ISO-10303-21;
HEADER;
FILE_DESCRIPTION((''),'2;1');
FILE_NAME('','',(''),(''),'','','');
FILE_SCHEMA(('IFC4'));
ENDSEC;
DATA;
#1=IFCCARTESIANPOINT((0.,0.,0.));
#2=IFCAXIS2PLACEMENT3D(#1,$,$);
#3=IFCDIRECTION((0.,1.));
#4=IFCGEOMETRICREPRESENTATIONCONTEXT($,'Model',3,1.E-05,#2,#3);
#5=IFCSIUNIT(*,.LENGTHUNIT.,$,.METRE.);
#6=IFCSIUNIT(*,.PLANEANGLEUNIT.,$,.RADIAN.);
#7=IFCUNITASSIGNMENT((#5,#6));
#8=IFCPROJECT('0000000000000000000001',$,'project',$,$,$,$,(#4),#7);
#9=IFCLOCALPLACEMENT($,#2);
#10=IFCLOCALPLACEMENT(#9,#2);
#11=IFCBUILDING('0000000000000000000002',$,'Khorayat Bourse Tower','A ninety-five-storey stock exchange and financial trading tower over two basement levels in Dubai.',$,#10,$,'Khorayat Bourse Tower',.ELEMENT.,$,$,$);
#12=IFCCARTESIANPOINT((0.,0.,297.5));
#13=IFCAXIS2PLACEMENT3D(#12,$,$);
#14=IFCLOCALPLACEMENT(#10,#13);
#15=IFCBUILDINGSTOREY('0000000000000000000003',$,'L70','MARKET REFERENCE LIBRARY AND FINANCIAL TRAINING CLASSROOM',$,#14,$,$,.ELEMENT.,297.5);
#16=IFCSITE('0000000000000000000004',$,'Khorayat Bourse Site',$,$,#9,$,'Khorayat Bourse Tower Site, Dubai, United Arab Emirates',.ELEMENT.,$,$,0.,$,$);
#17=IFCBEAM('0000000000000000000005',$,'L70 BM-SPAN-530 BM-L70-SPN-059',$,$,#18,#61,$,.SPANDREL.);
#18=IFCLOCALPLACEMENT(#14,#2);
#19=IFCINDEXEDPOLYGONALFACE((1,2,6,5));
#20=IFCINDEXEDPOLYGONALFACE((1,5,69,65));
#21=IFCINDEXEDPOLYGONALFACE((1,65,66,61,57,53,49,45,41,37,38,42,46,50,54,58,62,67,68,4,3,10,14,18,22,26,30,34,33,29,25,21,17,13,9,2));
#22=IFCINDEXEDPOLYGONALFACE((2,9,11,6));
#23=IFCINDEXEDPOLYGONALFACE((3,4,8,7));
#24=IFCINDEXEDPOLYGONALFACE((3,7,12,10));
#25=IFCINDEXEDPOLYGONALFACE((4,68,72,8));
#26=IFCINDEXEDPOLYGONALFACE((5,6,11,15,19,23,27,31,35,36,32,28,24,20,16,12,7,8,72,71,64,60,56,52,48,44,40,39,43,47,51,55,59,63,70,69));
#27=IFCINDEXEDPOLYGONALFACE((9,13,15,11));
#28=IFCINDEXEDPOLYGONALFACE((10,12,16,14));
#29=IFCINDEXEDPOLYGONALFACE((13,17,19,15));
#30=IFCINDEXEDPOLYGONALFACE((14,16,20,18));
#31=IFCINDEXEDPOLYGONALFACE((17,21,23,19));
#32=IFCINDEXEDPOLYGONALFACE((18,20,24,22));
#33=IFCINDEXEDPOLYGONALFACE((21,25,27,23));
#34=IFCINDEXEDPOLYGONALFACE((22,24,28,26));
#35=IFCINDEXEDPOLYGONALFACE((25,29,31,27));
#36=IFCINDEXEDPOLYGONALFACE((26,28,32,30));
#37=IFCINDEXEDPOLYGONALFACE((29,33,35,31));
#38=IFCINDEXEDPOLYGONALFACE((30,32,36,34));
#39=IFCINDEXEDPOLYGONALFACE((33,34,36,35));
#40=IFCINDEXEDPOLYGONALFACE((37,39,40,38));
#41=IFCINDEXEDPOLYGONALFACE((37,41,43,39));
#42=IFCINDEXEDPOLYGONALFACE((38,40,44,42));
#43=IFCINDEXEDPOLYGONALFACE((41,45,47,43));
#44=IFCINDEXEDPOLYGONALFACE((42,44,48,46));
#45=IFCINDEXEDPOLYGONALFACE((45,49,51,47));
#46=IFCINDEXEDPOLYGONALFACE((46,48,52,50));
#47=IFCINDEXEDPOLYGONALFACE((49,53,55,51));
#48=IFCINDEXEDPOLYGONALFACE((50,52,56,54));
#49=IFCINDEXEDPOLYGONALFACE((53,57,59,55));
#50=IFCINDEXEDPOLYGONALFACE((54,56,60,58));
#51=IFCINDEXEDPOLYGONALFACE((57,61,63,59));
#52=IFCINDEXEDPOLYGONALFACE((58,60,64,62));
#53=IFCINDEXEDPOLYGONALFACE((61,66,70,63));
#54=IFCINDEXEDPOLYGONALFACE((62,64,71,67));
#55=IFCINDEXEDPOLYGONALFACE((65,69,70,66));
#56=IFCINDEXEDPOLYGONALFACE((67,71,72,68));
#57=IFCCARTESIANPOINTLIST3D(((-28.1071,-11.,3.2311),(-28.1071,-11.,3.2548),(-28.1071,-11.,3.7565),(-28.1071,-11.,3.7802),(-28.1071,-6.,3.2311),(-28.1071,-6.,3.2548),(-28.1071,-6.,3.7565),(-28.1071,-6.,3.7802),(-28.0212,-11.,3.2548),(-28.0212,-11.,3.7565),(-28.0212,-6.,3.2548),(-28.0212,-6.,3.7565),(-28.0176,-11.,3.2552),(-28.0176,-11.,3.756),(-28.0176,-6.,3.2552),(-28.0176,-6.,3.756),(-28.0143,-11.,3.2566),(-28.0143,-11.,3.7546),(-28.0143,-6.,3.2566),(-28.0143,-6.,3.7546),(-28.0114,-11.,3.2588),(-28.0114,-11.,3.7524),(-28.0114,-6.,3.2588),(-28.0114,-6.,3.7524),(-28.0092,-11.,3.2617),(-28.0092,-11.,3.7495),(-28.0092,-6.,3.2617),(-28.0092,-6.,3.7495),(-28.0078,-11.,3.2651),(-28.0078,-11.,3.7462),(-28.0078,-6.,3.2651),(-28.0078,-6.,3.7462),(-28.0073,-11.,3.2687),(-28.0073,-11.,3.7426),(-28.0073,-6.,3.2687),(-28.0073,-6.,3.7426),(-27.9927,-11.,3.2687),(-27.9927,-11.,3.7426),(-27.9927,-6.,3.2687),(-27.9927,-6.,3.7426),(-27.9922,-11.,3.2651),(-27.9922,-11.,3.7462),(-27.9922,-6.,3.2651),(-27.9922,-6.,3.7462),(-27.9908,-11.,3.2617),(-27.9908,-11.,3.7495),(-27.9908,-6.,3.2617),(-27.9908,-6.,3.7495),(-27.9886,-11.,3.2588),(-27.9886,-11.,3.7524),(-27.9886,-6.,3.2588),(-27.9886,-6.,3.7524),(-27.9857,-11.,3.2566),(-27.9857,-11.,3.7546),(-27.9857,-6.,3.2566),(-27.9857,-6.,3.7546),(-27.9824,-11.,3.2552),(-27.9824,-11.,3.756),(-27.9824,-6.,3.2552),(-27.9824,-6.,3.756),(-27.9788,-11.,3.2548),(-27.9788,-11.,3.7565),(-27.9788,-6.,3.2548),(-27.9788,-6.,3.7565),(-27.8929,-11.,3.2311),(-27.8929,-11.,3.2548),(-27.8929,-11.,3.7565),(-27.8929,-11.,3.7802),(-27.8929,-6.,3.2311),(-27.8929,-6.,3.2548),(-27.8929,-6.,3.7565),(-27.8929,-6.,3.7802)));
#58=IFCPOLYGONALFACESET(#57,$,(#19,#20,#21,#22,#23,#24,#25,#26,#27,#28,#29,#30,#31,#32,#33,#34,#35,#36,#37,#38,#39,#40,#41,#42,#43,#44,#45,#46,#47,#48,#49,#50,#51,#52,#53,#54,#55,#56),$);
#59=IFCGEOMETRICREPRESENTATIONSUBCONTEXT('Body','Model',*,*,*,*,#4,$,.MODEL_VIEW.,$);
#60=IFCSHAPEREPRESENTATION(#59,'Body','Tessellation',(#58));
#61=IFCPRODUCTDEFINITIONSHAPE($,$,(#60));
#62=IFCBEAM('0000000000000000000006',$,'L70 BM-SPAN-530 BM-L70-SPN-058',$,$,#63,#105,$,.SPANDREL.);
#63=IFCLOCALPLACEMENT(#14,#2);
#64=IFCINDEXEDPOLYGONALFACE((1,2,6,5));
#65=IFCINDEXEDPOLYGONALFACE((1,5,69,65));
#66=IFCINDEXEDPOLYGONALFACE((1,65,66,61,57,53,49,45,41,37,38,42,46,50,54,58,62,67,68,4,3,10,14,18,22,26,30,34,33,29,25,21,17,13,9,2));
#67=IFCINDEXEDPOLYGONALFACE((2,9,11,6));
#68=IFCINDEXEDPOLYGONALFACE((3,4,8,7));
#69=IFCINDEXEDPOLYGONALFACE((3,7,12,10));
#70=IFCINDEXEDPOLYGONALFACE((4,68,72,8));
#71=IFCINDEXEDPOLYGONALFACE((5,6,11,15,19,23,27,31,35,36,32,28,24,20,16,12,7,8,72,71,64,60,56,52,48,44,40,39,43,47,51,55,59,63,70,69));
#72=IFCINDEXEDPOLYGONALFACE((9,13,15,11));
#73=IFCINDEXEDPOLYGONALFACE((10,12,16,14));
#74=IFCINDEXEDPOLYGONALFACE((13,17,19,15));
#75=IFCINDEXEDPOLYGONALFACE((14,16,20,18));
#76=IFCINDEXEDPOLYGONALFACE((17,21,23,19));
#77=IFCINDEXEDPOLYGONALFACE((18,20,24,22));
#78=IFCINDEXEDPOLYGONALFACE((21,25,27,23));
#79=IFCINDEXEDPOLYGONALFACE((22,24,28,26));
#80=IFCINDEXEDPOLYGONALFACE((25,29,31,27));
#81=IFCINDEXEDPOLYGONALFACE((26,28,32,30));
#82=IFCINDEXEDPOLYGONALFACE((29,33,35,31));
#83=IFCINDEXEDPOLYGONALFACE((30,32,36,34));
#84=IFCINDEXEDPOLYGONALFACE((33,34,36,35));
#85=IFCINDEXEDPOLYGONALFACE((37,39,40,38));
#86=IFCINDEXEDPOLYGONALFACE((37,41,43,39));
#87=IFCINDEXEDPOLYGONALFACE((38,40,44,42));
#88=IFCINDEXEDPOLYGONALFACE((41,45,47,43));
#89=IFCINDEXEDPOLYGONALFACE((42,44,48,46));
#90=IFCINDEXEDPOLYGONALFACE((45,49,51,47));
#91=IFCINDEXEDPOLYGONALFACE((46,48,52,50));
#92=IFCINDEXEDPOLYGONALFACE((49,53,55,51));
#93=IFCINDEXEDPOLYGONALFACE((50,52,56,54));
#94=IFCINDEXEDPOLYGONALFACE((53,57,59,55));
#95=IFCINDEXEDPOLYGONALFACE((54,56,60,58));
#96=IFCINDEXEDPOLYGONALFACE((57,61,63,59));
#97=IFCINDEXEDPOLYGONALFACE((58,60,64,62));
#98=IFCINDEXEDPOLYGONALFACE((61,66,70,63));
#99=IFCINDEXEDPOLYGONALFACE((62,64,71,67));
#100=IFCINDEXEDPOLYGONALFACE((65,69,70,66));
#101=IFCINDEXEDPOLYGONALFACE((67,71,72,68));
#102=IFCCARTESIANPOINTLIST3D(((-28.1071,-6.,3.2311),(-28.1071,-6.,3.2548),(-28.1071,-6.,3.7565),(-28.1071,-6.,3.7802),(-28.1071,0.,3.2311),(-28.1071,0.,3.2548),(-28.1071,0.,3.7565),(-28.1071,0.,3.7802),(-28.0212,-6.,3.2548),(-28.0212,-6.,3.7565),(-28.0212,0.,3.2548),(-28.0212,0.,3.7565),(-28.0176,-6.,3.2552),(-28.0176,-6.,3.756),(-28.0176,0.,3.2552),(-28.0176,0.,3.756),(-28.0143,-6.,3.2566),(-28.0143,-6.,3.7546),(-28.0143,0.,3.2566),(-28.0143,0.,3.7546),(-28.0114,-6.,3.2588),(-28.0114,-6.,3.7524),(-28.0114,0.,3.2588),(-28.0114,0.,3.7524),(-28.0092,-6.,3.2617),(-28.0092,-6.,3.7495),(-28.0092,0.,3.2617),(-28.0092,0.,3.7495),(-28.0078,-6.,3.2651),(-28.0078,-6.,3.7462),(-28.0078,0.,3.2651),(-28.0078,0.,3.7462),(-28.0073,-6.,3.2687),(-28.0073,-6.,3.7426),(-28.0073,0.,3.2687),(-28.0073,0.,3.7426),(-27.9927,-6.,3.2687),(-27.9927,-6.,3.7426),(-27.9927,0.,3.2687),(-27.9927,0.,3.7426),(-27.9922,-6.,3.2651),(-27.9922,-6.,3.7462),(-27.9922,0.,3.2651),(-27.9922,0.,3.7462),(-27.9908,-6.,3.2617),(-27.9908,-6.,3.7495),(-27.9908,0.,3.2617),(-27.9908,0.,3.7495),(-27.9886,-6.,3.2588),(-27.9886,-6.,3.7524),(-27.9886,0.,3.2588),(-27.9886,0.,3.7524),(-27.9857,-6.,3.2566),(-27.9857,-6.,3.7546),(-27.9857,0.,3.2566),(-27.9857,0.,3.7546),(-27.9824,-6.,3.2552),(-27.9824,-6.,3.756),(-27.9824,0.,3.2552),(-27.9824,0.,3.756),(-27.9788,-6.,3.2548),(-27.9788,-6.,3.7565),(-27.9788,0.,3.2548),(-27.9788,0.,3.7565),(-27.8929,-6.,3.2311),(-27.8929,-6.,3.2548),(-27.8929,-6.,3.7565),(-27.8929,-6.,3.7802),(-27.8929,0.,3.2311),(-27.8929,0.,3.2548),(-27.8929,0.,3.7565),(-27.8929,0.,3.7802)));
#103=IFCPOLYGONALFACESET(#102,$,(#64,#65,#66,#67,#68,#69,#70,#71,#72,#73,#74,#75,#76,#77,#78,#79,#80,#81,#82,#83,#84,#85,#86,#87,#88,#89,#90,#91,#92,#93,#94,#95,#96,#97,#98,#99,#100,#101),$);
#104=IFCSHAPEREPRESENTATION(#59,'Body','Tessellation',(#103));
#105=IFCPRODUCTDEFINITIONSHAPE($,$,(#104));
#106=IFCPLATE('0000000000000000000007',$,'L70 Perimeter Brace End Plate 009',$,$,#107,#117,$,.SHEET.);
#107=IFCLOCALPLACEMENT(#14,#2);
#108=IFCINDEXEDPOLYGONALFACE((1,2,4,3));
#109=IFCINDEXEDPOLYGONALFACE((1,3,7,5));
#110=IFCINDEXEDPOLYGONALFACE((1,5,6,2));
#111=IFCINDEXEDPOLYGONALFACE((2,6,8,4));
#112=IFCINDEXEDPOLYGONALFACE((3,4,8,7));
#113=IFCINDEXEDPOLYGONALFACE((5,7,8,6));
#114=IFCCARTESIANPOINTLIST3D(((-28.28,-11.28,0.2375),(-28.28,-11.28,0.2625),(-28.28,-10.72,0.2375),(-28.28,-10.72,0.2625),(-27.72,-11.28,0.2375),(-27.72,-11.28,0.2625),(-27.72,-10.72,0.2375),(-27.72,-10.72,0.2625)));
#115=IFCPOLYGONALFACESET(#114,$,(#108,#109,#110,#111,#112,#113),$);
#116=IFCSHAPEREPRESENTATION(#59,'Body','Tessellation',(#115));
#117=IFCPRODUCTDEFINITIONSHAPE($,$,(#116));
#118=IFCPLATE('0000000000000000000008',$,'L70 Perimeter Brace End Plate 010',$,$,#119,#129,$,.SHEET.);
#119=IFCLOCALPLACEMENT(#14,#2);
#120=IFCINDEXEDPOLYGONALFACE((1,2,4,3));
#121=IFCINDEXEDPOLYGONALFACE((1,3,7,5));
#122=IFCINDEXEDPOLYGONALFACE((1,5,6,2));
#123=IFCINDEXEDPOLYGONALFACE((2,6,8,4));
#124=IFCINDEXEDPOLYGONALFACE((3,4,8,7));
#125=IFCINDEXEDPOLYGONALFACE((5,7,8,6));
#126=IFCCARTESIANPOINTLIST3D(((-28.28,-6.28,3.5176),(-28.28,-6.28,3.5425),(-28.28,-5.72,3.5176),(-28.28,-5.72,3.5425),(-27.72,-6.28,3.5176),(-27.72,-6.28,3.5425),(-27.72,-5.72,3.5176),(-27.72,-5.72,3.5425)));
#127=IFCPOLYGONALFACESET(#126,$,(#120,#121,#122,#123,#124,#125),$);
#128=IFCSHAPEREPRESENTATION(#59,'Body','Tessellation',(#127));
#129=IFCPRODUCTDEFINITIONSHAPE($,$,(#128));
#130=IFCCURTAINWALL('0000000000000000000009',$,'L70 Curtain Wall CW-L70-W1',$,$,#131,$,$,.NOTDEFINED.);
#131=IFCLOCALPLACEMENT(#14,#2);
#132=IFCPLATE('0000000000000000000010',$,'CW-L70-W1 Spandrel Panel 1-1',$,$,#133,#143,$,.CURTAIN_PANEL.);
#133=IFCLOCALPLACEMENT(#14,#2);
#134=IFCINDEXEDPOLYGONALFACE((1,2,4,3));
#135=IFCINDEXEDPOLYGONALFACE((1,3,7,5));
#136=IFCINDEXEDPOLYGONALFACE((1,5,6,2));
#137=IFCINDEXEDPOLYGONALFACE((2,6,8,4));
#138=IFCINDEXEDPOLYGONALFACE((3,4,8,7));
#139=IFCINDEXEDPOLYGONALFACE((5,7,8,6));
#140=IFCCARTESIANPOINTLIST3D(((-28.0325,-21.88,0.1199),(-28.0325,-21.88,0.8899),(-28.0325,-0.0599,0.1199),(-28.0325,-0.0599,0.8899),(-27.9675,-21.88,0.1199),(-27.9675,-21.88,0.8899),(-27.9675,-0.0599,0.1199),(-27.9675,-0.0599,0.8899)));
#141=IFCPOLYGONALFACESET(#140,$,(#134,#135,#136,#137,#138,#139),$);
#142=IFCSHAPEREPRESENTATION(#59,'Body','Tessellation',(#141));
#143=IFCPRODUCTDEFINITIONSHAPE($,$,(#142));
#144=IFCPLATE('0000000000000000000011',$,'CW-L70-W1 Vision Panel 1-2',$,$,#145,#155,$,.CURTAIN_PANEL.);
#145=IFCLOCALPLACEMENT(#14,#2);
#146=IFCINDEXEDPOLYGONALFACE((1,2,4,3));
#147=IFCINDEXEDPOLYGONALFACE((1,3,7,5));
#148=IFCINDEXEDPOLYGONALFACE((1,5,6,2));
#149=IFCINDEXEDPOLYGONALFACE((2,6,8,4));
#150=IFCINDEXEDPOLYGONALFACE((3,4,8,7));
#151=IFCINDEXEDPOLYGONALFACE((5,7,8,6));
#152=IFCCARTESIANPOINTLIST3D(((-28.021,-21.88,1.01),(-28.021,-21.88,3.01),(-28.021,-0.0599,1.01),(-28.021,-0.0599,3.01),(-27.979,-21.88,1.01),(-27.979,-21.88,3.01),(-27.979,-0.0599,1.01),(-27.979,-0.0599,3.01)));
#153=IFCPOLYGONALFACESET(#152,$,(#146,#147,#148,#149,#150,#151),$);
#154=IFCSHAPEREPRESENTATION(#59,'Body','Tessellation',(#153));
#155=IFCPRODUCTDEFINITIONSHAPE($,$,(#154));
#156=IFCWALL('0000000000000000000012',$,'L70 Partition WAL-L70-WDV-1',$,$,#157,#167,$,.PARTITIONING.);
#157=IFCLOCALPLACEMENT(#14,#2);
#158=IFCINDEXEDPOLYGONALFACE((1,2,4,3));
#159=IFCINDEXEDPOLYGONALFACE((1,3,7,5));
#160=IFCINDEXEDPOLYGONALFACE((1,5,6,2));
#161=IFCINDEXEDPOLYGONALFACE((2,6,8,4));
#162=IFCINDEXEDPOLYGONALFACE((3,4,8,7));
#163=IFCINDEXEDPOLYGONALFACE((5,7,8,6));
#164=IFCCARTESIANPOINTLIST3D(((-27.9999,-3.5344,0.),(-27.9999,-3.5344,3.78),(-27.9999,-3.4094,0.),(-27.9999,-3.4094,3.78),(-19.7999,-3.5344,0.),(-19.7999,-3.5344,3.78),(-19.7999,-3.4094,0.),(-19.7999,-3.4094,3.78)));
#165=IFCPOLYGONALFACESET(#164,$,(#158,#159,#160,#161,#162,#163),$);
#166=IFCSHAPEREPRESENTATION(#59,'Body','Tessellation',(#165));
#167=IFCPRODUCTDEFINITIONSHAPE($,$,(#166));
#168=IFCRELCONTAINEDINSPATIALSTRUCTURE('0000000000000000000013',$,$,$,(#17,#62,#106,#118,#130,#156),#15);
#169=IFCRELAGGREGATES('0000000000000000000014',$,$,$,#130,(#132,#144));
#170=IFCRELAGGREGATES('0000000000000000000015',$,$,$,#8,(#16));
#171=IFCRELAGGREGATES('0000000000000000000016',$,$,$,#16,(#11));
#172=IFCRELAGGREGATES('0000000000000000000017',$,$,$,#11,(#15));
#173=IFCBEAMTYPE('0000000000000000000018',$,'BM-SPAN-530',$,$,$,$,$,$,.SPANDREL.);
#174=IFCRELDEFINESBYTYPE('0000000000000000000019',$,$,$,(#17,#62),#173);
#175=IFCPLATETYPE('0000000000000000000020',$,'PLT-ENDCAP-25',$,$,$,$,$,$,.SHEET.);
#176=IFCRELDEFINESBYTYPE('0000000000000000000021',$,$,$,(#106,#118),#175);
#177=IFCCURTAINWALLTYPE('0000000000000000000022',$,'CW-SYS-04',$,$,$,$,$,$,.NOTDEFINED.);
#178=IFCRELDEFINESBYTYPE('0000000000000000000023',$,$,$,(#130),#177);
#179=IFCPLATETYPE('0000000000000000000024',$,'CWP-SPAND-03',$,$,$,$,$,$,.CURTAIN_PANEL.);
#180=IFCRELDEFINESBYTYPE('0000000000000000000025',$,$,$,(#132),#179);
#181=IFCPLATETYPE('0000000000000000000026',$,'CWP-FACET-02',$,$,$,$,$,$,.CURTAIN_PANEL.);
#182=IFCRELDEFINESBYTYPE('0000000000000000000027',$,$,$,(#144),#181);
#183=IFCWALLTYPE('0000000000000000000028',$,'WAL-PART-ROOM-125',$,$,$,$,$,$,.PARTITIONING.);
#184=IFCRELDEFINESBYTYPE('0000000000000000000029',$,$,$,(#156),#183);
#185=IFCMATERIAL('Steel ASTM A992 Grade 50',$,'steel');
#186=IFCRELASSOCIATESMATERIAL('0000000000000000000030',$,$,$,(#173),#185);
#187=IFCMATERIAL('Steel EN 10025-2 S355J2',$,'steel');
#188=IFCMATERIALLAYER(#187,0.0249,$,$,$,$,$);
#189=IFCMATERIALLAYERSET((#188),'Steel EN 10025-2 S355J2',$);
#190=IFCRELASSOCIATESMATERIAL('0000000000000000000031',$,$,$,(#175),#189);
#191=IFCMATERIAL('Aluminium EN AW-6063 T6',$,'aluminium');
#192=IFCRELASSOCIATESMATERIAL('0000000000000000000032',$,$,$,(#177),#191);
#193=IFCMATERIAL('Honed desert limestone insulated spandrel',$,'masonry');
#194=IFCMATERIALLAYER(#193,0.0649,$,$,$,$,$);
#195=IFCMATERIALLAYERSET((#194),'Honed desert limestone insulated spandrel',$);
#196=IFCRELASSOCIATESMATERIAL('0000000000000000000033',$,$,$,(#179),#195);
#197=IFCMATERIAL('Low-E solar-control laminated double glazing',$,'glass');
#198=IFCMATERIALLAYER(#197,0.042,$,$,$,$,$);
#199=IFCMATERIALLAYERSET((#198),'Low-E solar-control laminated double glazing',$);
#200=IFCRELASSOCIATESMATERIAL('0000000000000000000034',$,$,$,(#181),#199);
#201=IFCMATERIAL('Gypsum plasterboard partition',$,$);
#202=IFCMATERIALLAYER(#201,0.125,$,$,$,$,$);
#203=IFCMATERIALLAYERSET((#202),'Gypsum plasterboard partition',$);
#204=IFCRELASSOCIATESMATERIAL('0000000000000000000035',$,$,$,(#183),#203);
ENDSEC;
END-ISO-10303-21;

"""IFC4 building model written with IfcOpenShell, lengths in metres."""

from ifc_helpers import new_model, si_unit, direction, frame, frame_2d, origin, origin_2d, place, context, subcontext, project, spatial, rectangle, i_section, extrude, source, transform, mapped, material, layer, layer_set, material_profile, profile_set, type_object, element, aggregate, save


model = new_model("IFC4")

# Units and contexts
model_context = context("Model", 3, precision=1e-05, world=origin(), true_north=direction((0.0, 1.0)))
body_context = subcontext(model_context, "Body", "Model", "MODEL_VIEW")
ifc_project = project(units=[si_unit("LENGTHUNIT", "METRE"), si_unit("PLANEANGLEUNIT", "RADIAN")], contexts=[model_context])

# Site, building, storey
site_placement = place(None, origin())
site = spatial("IfcSite", under=ifc_project, at=site_placement, Name="Khorayat Bourse Site", LongName="Khorayat Bourse Tower Site, Dubai, United Arab Emirates", CompositionType="ELEMENT", RefElevation=0.0)
building_placement = place(site_placement, origin())
building = spatial("IfcBuilding", under=site, at=building_placement, Name="Khorayat Bourse Tower", Description="A ninety-five-storey stock exchange and financial trading tower over two basement levels in Dubai.", LongName="Khorayat Bourse Tower", CompositionType="ELEMENT")
storey_placement = place(building_placement, frame((0.0, 0.0, 297.5)))
storey = spatial("IfcBuildingStorey", under=building, at=storey_placement, Name="L70", Description="MARKET REFERENCE LIBRARY AND FINANCIAL TRAINING CLASSROOM", CompositionType="ELEMENT", Elevation=297.5)

# Beams
ifc_material_1 = material(Name="Steel ASTM A992 Grade 50", Category="steel")
ifc_material_profile_1 = material_profile(ifc_material_1, i_section(OverallWidth=0.2141, OverallDepth=0.5491, WebThickness=0.0146, FlangeThickness=0.0237, FilletRadius=0.0139, at=origin_2d()), Name="W530X138")
ifc_profile_set_1 = profile_set([ifc_material_profile_1], Name="Steel ASTM A992 Grade 50")
beam_type_1 = type_object("IfcBeamType", Name="BM-SPAN-530", PredefinedType="SPANDREL", material=ifc_profile_set_1)
shared_shape_1 = source(origin(), body_context, "Body", "SweptSolid", [
    extrude(i_section(OverallWidth=0.2141, OverallDepth=0.5491, WebThickness=0.0146, FlangeThickness=0.0237, FilletRadius=0.0139, at=origin_2d()), origin(), (0.0, 0.0, 1.0), 5.0),
])
beam_1_placement = place(storey_placement, frame((-28.0, -11.0, 3.5056), z_axis=(0.0, 1.0, 0.0), x_axis=(-1.0, 0.0, 0.0)))
element("IfcBeam", 1, at=beam_1_placement, inside=storey, type_object=beam_type_1, Name="L70 BM-SPAN-530 BM-L70-SPN-059", PredefinedType="SPANDREL", context=body_context, shape_type="MappedRepresentation", body=[
    mapped(shared_shape_1, transform((0.0, 0.0, 0.0), scale=1.0)),
])
shared_shape_2 = source(origin(), body_context, "Body", "SweptSolid", [
    extrude(i_section(OverallWidth=0.2141, OverallDepth=0.5491, WebThickness=0.0146, FlangeThickness=0.0237, FilletRadius=0.0139, at=origin_2d()), origin(), (0.0, 0.0, 1.0), 6.0),
])
beam_2_placement = place(storey_placement, frame((-28.0, -6.0, 3.5056), z_axis=(0.0, 1.0, 0.0), x_axis=(-1.0, 0.0, 0.0)))
element("IfcBeam", 2, at=beam_2_placement, inside=storey, type_object=beam_type_1, Name="L70 BM-SPAN-530 BM-L70-SPN-058", PredefinedType="SPANDREL", context=body_context, shape_type="MappedRepresentation", body=[
    mapped(shared_shape_2, transform((0.0, 0.0, 0.0), scale=1.0)),
])

# Plates
ifc_material_2 = material(Name="Steel EN 10025-2 S355J2", Category="steel")
ifc_layer_1 = layer(ifc_material_2, 0.0249)
ifc_layer_set_1 = layer_set([ifc_layer_1], Name="Steel EN 10025-2 S355J2")
plate_type_1 = type_object("IfcPlateType", Name="PLT-ENDCAP-25", PredefinedType="SHEET", material=ifc_layer_set_1)
shared_shape_3 = source(origin(), body_context, "Body", "SweptSolid", [
    extrude(rectangle(XDim=0.5601, YDim=0.5601, at=origin_2d()), origin(), (0.0, 0.0, 1.0), 0.0249),
])
for number, where, z_axis, x_axis, name in (
    (3, (-28.0, -11.0, 0.2375), (0.0, 0.0, 1.0), (1.0, 0.0, 0.0), "L70 Perimeter Brace End Plate 009"),
    (4, (-28.0, -6.0, 3.5176), (0.0, 0.0, 1.0), (1.0, 0.0, 0.0), "L70 Perimeter Brace End Plate 010"),
):
    element("IfcPlate", number, at=place(storey_placement, frame(where, z_axis=z_axis, x_axis=x_axis)), inside=storey, type_object=plate_type_1, Name=name, PredefinedType="SHEET", context=body_context, shape_type="MappedRepresentation", body=[
        mapped(shared_shape_3, transform((0.0, 0.0, 0.0), scale=1.0)),
    ])

# Curtain wall, plates
ifc_material_3 = material(Name="Aluminium EN AW-6063 T6", Category="aluminium")
curtain_wall_type = type_object("IfcCurtainWallType", Name="CW-SYS-04", PredefinedType="NOTDEFINED", material=ifc_material_3)
curtain_wall_placement = place(storey_placement, origin())
curtain_wall = element("IfcCurtainWall", 5, at=curtain_wall_placement, inside=storey, type_object=curtain_wall_type, Name="L70 Curtain Wall CW-L70-W1", PredefinedType="NOTDEFINED")
ifc_material_4 = material(Name="Honed desert limestone insulated spandrel", Category="masonry")
ifc_layer_2 = layer(ifc_material_4, 0.0649)
ifc_layer_set_2 = layer_set([ifc_layer_2], Name="Honed desert limestone insulated spandrel")
plate_type_2 = type_object("IfcPlateType", Name="CWP-SPAND-03", PredefinedType="CURTAIN_PANEL", material=ifc_layer_set_2)
shared_shape_4 = source(origin(), body_context, "Body", "SweptSolid", [
    extrude(rectangle(XDim=21.8201, YDim=0.0649, at=origin_2d()), origin(), (0.0, 0.0, 1.0), 0.77),
])
plate_1_placement = place(storey_placement, frame((-28.0, -10.97, 0.1199), z_axis=(0.0, 0.0, 1.0), x_axis=(0.0, 1.0, 0.0)))
plate_1 = element("IfcPlate", 6, at=plate_1_placement, type_object=plate_type_2, Name="CW-L70-W1 Spandrel Panel 1-1", PredefinedType="CURTAIN_PANEL", context=body_context, shape_type="MappedRepresentation", body=[
    mapped(shared_shape_4, transform((0.0, 0.0, 0.0), scale=1.0)),
])
ifc_material_5 = material(Name="Low-E solar-control laminated double glazing", Category="glass")
ifc_layer_3 = layer(ifc_material_5, 0.042)
ifc_layer_set_3 = layer_set([ifc_layer_3], Name="Low-E solar-control laminated double glazing")
plate_type_3 = type_object("IfcPlateType", Name="CWP-FACET-02", PredefinedType="CURTAIN_PANEL", material=ifc_layer_set_3)
shared_shape_5 = source(origin(), body_context, "Body", "SweptSolid", [
    extrude(rectangle(XDim=21.8201, YDim=0.042, at=origin_2d()), origin(), (0.0, 0.0, 1.0), 2.0),
])
plate_2_placement = place(storey_placement, frame((-28.0, -10.97, 1.01), z_axis=(0.0, 0.0, 1.0), x_axis=(0.0, 1.0, 0.0)))
plate_2 = element("IfcPlate", 7, at=plate_2_placement, type_object=plate_type_3, Name="CW-L70-W1 Vision Panel 1-2", PredefinedType="CURTAIN_PANEL", context=body_context, shape_type="MappedRepresentation", body=[
    mapped(shared_shape_5, transform((0.0, 0.0, 0.0), scale=1.0)),
])
aggregate(curtain_wall, [plate_1, plate_2])

# Wall
ifc_material_6 = material(Name="Gypsum plasterboard partition")
ifc_layer_4 = layer(ifc_material_6, 0.125)
ifc_layer_set_4 = layer_set([ifc_layer_4], Name="Gypsum plasterboard partition")
wall_type = type_object("IfcWallType", Name="WAL-PART-ROOM-125", PredefinedType="PARTITIONING", material=ifc_layer_set_4)
shared_shape_6 = source(origin(), body_context, "Body", "SweptSolid", [
    extrude(rectangle(XDim=8.2, YDim=0.125, at=frame_2d((4.1001, 0.0))), origin(), (0.0, 0.0, 1.0), 3.78),
])
wall_placement = place(storey_placement, frame((-28.0, -3.4719, 0.0), z_axis=(0.0, 0.0, 1.0), x_axis=(1.0, 0.0, 0.0)))
element("IfcWall", 8, at=wall_placement, inside=storey, type_object=wall_type, Name="L70 Partition WAL-L70-WDV-1", PredefinedType="PARTITIONING", context=body_context, shape_type="MappedRepresentation", body=[
    mapped(shared_shape_6, transform((0.0, 0.0, 0.0), scale=1.0)),
])

save(model, "model.ifc")
